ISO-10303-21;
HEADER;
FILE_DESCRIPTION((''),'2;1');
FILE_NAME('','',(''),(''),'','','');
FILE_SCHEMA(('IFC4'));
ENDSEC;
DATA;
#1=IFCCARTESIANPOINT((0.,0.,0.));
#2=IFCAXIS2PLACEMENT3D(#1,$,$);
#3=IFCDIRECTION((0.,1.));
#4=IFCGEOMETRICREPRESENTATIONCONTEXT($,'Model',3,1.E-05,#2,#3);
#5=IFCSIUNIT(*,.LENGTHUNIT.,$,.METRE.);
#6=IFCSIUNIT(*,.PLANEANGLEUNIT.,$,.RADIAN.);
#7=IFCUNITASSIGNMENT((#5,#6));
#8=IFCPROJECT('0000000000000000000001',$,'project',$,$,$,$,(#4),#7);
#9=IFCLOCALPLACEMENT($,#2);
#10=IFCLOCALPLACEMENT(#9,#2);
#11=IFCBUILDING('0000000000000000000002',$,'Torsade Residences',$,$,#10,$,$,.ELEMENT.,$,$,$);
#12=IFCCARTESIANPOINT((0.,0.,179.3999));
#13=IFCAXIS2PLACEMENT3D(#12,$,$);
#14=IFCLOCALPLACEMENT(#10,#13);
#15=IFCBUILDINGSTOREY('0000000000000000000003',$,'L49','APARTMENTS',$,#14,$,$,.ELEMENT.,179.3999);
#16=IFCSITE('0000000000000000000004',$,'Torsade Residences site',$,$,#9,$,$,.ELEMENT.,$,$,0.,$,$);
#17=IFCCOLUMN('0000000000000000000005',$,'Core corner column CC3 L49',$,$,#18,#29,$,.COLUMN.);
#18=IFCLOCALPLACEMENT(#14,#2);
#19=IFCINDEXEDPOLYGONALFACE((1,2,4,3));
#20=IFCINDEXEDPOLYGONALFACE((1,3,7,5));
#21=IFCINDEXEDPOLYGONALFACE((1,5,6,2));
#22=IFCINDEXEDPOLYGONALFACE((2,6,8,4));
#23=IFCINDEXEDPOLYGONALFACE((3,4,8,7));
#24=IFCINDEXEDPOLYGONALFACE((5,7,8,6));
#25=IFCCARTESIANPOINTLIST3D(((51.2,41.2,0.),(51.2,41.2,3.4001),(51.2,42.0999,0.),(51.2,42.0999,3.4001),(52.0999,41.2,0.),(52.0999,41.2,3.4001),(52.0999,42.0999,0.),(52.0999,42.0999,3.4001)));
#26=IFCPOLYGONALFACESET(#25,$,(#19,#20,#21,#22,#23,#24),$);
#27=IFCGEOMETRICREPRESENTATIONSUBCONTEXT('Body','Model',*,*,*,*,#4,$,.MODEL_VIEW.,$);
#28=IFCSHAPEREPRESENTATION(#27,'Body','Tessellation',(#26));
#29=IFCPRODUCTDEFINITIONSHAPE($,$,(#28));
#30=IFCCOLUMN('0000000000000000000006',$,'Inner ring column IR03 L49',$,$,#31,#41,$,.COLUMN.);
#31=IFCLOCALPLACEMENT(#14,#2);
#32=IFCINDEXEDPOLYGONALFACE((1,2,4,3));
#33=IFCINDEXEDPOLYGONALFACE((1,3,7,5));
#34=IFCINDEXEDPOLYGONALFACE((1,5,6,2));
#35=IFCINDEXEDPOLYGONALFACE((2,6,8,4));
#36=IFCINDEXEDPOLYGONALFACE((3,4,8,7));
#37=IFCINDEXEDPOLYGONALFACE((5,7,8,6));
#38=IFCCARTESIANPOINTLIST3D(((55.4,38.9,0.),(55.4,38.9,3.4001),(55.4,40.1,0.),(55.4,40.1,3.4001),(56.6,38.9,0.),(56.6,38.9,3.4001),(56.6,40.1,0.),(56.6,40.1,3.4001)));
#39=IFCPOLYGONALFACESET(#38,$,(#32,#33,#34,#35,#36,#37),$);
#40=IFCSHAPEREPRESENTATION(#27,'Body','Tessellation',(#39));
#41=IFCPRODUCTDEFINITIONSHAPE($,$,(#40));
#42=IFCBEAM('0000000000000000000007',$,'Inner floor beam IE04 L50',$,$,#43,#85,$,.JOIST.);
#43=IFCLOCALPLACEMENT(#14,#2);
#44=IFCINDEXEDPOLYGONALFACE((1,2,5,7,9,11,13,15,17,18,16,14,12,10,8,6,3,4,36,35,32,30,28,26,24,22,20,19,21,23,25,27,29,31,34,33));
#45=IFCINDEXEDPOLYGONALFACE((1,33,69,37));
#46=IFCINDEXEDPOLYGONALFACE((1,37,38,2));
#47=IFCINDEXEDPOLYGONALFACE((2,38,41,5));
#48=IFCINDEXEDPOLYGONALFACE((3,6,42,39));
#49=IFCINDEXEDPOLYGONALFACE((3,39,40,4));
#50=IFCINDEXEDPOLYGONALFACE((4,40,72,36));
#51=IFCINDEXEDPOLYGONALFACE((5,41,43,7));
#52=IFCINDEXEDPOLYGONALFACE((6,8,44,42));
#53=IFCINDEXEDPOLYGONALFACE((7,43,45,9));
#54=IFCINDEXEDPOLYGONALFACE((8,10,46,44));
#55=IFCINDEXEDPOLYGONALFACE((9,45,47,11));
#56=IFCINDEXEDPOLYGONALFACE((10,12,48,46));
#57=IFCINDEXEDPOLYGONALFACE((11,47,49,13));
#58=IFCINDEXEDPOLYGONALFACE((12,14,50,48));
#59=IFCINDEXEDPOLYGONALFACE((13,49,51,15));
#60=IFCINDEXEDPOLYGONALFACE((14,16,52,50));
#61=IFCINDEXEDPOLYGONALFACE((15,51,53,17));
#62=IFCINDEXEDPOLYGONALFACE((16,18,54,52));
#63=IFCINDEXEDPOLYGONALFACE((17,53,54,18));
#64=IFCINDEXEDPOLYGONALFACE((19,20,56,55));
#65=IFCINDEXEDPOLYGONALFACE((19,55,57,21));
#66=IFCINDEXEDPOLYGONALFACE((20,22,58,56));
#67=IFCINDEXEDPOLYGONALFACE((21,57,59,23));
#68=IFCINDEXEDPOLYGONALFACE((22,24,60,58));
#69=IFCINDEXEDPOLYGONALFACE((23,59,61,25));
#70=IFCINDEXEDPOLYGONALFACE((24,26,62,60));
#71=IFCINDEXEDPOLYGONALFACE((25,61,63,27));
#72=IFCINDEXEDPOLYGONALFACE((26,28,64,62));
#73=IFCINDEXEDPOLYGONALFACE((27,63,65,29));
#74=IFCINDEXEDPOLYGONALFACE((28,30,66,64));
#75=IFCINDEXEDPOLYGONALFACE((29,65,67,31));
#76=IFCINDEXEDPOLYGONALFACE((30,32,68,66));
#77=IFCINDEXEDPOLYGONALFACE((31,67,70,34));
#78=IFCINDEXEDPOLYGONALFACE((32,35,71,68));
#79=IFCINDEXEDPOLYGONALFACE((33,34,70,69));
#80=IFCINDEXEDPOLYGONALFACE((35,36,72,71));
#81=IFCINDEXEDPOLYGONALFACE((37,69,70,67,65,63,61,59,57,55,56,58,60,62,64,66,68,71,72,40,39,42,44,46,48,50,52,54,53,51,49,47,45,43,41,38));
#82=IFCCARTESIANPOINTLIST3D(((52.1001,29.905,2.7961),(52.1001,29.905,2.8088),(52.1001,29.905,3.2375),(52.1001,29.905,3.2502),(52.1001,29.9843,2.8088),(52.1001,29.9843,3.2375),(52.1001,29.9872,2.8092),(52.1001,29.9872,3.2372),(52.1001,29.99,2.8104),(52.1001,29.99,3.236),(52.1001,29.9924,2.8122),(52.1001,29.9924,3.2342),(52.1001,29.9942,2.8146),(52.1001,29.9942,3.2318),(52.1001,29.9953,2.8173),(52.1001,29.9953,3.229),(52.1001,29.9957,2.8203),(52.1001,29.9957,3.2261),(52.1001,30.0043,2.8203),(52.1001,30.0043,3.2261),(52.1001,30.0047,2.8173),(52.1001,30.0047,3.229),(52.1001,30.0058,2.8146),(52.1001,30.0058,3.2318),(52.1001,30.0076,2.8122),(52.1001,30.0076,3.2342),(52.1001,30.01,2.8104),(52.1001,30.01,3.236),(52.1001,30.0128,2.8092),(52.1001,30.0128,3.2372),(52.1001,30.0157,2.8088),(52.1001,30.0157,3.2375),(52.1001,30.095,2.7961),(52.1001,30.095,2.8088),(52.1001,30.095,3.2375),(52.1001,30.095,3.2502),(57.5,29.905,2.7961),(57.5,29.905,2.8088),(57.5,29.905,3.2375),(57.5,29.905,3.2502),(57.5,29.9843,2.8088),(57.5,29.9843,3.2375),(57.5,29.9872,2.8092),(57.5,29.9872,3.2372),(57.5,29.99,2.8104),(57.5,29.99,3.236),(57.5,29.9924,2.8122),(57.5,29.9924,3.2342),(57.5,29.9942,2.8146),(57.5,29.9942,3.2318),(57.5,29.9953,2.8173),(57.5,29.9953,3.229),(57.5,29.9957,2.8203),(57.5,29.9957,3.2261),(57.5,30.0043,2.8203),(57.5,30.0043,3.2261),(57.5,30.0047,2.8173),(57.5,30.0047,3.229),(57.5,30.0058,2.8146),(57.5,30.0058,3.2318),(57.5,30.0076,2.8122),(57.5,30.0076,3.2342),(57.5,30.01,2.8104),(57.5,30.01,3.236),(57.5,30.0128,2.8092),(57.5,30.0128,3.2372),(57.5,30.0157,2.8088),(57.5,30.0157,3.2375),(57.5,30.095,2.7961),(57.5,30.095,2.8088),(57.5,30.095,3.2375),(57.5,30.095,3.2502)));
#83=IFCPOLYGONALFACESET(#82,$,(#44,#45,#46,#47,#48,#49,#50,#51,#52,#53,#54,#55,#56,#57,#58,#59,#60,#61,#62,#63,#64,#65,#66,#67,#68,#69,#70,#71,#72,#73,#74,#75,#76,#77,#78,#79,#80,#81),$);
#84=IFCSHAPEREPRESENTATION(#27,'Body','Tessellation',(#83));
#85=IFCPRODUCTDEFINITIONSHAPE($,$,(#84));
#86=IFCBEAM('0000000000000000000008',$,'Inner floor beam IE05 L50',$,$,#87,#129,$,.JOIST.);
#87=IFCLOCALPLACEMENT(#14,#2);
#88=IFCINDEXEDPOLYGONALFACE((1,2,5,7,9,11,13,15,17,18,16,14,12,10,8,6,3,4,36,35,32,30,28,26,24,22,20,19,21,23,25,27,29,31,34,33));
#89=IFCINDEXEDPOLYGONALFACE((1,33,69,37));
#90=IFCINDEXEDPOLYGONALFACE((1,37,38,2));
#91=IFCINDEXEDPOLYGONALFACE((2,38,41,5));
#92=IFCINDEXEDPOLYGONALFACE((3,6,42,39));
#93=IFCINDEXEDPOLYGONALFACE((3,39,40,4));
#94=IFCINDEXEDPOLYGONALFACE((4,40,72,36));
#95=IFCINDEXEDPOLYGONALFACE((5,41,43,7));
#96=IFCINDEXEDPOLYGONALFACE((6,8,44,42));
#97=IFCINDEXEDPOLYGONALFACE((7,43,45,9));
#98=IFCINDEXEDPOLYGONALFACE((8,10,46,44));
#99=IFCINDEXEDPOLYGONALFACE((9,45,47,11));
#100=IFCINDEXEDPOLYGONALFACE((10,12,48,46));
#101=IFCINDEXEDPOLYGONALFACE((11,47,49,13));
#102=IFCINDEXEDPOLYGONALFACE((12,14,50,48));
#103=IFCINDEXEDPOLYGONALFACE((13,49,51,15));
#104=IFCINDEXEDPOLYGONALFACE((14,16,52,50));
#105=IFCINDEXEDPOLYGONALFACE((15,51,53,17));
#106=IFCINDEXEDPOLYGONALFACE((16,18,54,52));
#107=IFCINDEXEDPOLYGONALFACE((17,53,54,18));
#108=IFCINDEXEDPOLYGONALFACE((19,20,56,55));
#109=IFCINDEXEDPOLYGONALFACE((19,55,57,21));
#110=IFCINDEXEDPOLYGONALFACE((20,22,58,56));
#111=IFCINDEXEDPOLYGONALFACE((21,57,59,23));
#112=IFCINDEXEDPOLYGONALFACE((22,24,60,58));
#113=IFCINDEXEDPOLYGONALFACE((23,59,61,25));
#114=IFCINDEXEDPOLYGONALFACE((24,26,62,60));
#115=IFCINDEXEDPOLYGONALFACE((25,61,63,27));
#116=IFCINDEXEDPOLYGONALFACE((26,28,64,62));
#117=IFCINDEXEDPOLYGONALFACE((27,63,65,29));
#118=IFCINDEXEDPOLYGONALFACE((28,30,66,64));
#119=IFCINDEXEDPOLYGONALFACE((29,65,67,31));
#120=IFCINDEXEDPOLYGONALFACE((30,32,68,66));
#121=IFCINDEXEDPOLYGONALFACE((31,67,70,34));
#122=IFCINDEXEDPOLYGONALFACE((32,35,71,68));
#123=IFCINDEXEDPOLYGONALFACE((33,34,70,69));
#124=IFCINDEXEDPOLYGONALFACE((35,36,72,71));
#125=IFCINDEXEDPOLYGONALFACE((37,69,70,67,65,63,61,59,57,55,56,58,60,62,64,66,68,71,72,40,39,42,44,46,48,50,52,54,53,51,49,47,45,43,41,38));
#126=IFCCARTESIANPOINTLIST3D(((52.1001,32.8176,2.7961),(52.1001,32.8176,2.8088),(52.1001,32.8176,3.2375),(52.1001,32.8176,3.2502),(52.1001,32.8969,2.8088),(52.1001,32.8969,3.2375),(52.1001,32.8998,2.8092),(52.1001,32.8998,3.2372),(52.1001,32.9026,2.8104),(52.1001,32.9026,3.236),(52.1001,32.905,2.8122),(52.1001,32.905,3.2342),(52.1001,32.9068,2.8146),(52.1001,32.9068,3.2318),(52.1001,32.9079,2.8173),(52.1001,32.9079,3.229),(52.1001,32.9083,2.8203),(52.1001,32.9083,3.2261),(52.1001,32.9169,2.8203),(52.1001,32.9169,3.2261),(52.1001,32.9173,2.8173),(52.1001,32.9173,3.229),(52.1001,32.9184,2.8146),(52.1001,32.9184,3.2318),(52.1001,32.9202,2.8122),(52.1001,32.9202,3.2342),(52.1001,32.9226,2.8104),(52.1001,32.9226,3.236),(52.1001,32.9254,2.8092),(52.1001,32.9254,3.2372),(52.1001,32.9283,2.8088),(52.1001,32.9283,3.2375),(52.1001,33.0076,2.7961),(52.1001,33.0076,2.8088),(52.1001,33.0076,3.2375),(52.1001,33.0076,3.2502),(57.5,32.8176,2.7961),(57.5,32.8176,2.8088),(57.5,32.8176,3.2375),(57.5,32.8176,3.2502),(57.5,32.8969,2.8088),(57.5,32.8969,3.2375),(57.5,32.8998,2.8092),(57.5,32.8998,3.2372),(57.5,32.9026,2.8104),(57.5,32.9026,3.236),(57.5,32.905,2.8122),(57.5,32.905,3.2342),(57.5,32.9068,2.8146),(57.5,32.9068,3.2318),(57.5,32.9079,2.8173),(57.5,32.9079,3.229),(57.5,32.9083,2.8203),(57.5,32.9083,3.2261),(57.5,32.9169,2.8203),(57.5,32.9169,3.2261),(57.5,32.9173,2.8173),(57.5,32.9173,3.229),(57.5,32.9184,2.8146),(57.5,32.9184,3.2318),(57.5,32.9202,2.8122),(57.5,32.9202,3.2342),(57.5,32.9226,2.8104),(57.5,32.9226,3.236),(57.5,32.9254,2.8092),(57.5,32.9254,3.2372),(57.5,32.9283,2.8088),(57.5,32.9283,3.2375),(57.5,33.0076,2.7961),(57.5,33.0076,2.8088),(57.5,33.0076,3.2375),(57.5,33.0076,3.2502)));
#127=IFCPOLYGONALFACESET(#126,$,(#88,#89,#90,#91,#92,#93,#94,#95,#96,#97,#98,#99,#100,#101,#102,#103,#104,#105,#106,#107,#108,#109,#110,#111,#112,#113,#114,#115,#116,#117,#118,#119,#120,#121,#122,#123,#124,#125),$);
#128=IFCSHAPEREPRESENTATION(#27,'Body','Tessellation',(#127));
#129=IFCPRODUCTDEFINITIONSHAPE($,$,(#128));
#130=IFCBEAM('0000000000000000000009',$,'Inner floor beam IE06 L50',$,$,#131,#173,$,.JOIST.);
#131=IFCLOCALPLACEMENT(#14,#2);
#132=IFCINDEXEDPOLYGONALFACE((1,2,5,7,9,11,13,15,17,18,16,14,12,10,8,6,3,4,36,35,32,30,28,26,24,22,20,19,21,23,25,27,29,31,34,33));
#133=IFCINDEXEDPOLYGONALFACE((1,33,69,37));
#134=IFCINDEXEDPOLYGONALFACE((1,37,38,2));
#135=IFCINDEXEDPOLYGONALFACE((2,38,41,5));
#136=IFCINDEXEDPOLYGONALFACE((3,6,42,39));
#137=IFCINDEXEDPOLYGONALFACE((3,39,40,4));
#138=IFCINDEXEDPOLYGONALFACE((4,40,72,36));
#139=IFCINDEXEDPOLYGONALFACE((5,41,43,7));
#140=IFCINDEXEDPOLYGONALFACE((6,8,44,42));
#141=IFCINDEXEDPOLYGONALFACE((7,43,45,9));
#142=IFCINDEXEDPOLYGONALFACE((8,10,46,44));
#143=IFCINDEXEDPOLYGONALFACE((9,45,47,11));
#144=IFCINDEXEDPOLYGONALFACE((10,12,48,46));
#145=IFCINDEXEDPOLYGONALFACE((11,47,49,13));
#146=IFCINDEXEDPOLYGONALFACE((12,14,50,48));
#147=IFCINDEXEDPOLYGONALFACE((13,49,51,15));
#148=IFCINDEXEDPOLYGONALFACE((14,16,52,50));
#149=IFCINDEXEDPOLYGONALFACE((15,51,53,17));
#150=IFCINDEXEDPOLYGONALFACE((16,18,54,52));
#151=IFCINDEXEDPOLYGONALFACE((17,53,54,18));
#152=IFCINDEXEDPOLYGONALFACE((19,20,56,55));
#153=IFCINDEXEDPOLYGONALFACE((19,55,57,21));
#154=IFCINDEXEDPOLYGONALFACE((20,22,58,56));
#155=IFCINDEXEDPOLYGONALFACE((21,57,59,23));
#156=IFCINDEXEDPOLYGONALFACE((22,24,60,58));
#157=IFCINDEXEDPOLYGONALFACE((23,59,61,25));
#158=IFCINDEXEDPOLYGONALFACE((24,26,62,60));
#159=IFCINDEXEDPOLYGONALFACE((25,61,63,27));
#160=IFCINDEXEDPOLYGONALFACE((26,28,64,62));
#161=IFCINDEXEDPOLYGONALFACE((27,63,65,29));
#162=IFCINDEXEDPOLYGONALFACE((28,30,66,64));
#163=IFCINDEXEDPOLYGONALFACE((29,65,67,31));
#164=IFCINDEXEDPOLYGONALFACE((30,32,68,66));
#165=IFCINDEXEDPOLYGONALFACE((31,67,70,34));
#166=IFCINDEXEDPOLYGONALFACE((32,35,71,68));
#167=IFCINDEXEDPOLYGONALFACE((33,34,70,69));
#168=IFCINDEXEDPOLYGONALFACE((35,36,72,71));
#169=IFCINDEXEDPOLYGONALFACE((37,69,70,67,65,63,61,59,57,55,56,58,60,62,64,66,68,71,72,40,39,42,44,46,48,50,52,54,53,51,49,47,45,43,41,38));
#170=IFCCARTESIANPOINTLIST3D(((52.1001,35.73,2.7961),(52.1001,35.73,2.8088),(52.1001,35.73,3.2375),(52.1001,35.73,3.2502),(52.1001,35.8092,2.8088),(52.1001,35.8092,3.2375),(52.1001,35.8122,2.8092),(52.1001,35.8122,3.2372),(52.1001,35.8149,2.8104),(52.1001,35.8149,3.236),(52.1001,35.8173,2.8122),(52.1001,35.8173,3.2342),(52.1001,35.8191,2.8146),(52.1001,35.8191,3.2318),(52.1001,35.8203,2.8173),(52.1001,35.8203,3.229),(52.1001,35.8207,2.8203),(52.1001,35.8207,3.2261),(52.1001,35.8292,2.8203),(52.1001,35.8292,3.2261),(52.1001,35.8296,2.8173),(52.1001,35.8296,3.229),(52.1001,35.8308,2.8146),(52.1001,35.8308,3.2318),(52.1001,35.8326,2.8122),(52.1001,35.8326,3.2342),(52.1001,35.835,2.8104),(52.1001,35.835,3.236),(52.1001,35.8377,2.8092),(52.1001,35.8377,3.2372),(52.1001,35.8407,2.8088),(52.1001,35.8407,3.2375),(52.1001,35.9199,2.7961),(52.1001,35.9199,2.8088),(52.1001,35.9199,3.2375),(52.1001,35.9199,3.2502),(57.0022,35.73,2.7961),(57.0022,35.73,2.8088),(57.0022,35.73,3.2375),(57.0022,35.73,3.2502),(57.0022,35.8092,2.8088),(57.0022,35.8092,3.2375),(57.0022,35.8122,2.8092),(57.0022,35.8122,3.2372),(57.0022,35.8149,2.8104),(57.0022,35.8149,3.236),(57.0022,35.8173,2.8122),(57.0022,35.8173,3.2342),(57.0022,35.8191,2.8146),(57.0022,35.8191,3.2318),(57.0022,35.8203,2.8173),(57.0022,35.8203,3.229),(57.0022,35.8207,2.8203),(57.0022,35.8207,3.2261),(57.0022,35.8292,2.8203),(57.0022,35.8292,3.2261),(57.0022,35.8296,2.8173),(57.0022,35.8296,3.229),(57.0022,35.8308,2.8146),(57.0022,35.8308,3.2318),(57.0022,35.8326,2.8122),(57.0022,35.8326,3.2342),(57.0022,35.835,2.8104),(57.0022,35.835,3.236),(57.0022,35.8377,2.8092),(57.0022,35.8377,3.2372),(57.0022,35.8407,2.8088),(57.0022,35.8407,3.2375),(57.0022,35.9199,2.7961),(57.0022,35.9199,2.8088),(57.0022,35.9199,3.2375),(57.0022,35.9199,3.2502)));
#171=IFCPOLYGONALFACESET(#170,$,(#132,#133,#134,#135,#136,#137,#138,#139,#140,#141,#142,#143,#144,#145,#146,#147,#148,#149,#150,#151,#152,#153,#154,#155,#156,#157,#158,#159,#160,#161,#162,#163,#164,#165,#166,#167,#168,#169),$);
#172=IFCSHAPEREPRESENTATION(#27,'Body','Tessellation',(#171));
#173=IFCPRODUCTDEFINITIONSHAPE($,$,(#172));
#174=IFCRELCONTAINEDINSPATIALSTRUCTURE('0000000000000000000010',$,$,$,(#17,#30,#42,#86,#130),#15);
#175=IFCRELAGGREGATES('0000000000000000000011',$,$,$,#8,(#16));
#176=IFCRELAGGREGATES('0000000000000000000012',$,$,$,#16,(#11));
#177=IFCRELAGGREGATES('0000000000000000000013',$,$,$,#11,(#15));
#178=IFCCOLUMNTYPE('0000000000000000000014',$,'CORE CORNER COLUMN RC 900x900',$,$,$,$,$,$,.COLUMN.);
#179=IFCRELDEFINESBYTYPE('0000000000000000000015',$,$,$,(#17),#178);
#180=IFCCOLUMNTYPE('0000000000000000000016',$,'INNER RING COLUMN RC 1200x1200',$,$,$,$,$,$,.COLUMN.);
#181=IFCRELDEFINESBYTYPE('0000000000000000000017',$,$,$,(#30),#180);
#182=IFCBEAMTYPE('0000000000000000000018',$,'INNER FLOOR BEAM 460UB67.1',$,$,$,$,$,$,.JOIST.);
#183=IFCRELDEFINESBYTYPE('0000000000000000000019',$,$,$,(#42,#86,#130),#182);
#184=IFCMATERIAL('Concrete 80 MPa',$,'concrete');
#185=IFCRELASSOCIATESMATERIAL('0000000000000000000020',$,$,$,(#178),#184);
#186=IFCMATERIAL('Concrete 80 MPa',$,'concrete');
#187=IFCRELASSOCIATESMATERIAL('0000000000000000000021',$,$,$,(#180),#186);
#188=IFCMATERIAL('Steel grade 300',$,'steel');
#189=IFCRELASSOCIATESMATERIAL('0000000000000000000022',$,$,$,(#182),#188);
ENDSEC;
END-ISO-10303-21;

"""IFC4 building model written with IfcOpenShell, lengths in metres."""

from ifc_helpers import new_model, si_unit, direction, frame, origin, origin_2d, place, context, subcontext, project, spatial, rectangle, i_section, extrude, material, material_profile, profile_set, type_object, element, save


model = new_model("IFC4")

# Units and contexts
model_context = context("Model", 3, precision=1e-05, world=origin(), true_north=direction((0.0, 1.0)))
body_context = subcontext(model_context, "Body", "Model", "MODEL_VIEW")
ifc_project = project(units=[si_unit("LENGTHUNIT", "METRE"), si_unit("PLANEANGLEUNIT", "RADIAN")], contexts=[model_context])

# Site, building, storey
site_placement = place(None, origin())
site = spatial("IfcSite", under=ifc_project, at=site_placement, Name="Torsade Residences site", CompositionType="ELEMENT", RefElevation=0.0)
building_placement = place(site_placement, origin())
building = spatial("IfcBuilding", under=site, at=building_placement, Name="Torsade Residences", CompositionType="ELEMENT")
storey_placement = place(building_placement, frame((0.0, 0.0, 179.3999)))
storey = spatial("IfcBuildingStorey", under=building, at=storey_placement, Name="L49", Description="APARTMENTS", CompositionType="ELEMENT", Elevation=179.3999)

# Columns
ifc_material_1 = material(Name="Concrete 80 MPa", Category="concrete")
ifc_material_profile_1 = material_profile(ifc_material_1, rectangle(XDim=0.8999, YDim=0.8999, at=origin_2d()), Name="RC 900x900")
ifc_profile_set_1 = profile_set([ifc_material_profile_1], Name="Concrete 80 MPa")
column_type_1 = type_object("IfcColumnType", Name="CORE CORNER COLUMN RC 900x900", PredefinedType="COLUMN", material=ifc_profile_set_1)
column_1_placement = place(storey_placement, frame((51.6499, 41.6499, 0.0), z_axis=(0.0, 0.0, 1.0), x_axis=(1.0, 0.0, 0.0)))
element("IfcColumn", 1, at=column_1_placement, inside=storey, type_object=column_type_1, Name="Core corner column CC3 L49", PredefinedType="COLUMN", context=body_context, shape_type="SweptSolid", body=[
    extrude(rectangle(XDim=0.8999, YDim=0.8999, at=origin_2d()), origin(), (0.0, 0.0, 1.0), 3.4001),
])
ifc_material_2 = material(Name="Concrete 80 MPa", Category="concrete")
ifc_material_profile_2 = material_profile(ifc_material_2, rectangle(XDim=1.2, YDim=1.2, at=origin_2d()), Name="RC 1200x1200")
ifc_profile_set_2 = profile_set([ifc_material_profile_2], Name="Concrete 80 MPa")
column_type_2 = type_object("IfcColumnType", Name="INNER RING COLUMN RC 1200x1200", PredefinedType="COLUMN", material=ifc_profile_set_2)
column_2_placement = place(storey_placement, frame((56.0, 39.5, 0.0), z_axis=(0.0, 0.0, 1.0), x_axis=(1.0, 0.0, 0.0)))
element("IfcColumn", 2, at=column_2_placement, inside=storey, type_object=column_type_2, Name="Inner ring column IR03 L49", PredefinedType="COLUMN", context=body_context, shape_type="SweptSolid", body=[
    extrude(rectangle(XDim=1.2, YDim=1.2, at=origin_2d()), origin(), (0.0, 0.0, 1.0), 3.4001),
])

# Beams
ifc_material_3 = material(Name="Steel grade 300", Category="steel")
ifc_material_profile_3 = material_profile(ifc_material_3, i_section(OverallWidth=0.1899, OverallDepth=0.4541, WebThickness=0.0085, FlangeThickness=0.0127, FilletRadius=0.0115, at=origin_2d()), Name="460UB67.1")
ifc_profile_set_3 = profile_set([ifc_material_profile_3], Name="Steel grade 300")
beam_type_1 = type_object("IfcBeamType", Name="INNER FLOOR BEAM 460UB67.1", PredefinedType="JOIST", material=ifc_profile_set_3)
for number, where, z_axis, x_axis, name in (
    (3, (52.1001, 30.0, 3.0232), (1.0, 0.0, 0.0), (0.0, 1.0, 0.0), "Inner floor beam IE04 L50"),
    (4, (52.1001, 32.9126, 3.0232), (1.0, 0.0, 0.0), (0.0, 1.0, 0.0), "Inner floor beam IE05 L50"),
):
    element("IfcBeam", number, at=place(storey_placement, frame(where, z_axis=z_axis, x_axis=x_axis)), inside=storey, type_object=beam_type_1, Name=name, PredefinedType="JOIST", context=body_context, shape_type="SweptSolid", body=[
        extrude(i_section(OverallWidth=0.1899, OverallDepth=0.4541, WebThickness=0.0085, FlangeThickness=0.0127, FilletRadius=0.0115, at=origin_2d()), origin(), (0.0, 0.0, 1.0), 5.3999),
    ])
beam_1_placement = place(storey_placement, frame((52.1001, 35.825, 3.0232), z_axis=(1.0, 0.0, 0.0), x_axis=(0.0, 1.0, 0.0)))
element("IfcBeam", 5, at=beam_1_placement, inside=storey, type_object=beam_type_1, Name="Inner floor beam IE06 L50", PredefinedType="JOIST", context=body_context, shape_type="SweptSolid", body=[
    extrude(i_section(OverallWidth=0.1899, OverallDepth=0.4541, WebThickness=0.0085, FlangeThickness=0.0127, FilletRadius=0.0115, at=origin_2d()), origin(), (0.0, 0.0, 1.0), 4.9021),
])

save(model, "model.ifc")
